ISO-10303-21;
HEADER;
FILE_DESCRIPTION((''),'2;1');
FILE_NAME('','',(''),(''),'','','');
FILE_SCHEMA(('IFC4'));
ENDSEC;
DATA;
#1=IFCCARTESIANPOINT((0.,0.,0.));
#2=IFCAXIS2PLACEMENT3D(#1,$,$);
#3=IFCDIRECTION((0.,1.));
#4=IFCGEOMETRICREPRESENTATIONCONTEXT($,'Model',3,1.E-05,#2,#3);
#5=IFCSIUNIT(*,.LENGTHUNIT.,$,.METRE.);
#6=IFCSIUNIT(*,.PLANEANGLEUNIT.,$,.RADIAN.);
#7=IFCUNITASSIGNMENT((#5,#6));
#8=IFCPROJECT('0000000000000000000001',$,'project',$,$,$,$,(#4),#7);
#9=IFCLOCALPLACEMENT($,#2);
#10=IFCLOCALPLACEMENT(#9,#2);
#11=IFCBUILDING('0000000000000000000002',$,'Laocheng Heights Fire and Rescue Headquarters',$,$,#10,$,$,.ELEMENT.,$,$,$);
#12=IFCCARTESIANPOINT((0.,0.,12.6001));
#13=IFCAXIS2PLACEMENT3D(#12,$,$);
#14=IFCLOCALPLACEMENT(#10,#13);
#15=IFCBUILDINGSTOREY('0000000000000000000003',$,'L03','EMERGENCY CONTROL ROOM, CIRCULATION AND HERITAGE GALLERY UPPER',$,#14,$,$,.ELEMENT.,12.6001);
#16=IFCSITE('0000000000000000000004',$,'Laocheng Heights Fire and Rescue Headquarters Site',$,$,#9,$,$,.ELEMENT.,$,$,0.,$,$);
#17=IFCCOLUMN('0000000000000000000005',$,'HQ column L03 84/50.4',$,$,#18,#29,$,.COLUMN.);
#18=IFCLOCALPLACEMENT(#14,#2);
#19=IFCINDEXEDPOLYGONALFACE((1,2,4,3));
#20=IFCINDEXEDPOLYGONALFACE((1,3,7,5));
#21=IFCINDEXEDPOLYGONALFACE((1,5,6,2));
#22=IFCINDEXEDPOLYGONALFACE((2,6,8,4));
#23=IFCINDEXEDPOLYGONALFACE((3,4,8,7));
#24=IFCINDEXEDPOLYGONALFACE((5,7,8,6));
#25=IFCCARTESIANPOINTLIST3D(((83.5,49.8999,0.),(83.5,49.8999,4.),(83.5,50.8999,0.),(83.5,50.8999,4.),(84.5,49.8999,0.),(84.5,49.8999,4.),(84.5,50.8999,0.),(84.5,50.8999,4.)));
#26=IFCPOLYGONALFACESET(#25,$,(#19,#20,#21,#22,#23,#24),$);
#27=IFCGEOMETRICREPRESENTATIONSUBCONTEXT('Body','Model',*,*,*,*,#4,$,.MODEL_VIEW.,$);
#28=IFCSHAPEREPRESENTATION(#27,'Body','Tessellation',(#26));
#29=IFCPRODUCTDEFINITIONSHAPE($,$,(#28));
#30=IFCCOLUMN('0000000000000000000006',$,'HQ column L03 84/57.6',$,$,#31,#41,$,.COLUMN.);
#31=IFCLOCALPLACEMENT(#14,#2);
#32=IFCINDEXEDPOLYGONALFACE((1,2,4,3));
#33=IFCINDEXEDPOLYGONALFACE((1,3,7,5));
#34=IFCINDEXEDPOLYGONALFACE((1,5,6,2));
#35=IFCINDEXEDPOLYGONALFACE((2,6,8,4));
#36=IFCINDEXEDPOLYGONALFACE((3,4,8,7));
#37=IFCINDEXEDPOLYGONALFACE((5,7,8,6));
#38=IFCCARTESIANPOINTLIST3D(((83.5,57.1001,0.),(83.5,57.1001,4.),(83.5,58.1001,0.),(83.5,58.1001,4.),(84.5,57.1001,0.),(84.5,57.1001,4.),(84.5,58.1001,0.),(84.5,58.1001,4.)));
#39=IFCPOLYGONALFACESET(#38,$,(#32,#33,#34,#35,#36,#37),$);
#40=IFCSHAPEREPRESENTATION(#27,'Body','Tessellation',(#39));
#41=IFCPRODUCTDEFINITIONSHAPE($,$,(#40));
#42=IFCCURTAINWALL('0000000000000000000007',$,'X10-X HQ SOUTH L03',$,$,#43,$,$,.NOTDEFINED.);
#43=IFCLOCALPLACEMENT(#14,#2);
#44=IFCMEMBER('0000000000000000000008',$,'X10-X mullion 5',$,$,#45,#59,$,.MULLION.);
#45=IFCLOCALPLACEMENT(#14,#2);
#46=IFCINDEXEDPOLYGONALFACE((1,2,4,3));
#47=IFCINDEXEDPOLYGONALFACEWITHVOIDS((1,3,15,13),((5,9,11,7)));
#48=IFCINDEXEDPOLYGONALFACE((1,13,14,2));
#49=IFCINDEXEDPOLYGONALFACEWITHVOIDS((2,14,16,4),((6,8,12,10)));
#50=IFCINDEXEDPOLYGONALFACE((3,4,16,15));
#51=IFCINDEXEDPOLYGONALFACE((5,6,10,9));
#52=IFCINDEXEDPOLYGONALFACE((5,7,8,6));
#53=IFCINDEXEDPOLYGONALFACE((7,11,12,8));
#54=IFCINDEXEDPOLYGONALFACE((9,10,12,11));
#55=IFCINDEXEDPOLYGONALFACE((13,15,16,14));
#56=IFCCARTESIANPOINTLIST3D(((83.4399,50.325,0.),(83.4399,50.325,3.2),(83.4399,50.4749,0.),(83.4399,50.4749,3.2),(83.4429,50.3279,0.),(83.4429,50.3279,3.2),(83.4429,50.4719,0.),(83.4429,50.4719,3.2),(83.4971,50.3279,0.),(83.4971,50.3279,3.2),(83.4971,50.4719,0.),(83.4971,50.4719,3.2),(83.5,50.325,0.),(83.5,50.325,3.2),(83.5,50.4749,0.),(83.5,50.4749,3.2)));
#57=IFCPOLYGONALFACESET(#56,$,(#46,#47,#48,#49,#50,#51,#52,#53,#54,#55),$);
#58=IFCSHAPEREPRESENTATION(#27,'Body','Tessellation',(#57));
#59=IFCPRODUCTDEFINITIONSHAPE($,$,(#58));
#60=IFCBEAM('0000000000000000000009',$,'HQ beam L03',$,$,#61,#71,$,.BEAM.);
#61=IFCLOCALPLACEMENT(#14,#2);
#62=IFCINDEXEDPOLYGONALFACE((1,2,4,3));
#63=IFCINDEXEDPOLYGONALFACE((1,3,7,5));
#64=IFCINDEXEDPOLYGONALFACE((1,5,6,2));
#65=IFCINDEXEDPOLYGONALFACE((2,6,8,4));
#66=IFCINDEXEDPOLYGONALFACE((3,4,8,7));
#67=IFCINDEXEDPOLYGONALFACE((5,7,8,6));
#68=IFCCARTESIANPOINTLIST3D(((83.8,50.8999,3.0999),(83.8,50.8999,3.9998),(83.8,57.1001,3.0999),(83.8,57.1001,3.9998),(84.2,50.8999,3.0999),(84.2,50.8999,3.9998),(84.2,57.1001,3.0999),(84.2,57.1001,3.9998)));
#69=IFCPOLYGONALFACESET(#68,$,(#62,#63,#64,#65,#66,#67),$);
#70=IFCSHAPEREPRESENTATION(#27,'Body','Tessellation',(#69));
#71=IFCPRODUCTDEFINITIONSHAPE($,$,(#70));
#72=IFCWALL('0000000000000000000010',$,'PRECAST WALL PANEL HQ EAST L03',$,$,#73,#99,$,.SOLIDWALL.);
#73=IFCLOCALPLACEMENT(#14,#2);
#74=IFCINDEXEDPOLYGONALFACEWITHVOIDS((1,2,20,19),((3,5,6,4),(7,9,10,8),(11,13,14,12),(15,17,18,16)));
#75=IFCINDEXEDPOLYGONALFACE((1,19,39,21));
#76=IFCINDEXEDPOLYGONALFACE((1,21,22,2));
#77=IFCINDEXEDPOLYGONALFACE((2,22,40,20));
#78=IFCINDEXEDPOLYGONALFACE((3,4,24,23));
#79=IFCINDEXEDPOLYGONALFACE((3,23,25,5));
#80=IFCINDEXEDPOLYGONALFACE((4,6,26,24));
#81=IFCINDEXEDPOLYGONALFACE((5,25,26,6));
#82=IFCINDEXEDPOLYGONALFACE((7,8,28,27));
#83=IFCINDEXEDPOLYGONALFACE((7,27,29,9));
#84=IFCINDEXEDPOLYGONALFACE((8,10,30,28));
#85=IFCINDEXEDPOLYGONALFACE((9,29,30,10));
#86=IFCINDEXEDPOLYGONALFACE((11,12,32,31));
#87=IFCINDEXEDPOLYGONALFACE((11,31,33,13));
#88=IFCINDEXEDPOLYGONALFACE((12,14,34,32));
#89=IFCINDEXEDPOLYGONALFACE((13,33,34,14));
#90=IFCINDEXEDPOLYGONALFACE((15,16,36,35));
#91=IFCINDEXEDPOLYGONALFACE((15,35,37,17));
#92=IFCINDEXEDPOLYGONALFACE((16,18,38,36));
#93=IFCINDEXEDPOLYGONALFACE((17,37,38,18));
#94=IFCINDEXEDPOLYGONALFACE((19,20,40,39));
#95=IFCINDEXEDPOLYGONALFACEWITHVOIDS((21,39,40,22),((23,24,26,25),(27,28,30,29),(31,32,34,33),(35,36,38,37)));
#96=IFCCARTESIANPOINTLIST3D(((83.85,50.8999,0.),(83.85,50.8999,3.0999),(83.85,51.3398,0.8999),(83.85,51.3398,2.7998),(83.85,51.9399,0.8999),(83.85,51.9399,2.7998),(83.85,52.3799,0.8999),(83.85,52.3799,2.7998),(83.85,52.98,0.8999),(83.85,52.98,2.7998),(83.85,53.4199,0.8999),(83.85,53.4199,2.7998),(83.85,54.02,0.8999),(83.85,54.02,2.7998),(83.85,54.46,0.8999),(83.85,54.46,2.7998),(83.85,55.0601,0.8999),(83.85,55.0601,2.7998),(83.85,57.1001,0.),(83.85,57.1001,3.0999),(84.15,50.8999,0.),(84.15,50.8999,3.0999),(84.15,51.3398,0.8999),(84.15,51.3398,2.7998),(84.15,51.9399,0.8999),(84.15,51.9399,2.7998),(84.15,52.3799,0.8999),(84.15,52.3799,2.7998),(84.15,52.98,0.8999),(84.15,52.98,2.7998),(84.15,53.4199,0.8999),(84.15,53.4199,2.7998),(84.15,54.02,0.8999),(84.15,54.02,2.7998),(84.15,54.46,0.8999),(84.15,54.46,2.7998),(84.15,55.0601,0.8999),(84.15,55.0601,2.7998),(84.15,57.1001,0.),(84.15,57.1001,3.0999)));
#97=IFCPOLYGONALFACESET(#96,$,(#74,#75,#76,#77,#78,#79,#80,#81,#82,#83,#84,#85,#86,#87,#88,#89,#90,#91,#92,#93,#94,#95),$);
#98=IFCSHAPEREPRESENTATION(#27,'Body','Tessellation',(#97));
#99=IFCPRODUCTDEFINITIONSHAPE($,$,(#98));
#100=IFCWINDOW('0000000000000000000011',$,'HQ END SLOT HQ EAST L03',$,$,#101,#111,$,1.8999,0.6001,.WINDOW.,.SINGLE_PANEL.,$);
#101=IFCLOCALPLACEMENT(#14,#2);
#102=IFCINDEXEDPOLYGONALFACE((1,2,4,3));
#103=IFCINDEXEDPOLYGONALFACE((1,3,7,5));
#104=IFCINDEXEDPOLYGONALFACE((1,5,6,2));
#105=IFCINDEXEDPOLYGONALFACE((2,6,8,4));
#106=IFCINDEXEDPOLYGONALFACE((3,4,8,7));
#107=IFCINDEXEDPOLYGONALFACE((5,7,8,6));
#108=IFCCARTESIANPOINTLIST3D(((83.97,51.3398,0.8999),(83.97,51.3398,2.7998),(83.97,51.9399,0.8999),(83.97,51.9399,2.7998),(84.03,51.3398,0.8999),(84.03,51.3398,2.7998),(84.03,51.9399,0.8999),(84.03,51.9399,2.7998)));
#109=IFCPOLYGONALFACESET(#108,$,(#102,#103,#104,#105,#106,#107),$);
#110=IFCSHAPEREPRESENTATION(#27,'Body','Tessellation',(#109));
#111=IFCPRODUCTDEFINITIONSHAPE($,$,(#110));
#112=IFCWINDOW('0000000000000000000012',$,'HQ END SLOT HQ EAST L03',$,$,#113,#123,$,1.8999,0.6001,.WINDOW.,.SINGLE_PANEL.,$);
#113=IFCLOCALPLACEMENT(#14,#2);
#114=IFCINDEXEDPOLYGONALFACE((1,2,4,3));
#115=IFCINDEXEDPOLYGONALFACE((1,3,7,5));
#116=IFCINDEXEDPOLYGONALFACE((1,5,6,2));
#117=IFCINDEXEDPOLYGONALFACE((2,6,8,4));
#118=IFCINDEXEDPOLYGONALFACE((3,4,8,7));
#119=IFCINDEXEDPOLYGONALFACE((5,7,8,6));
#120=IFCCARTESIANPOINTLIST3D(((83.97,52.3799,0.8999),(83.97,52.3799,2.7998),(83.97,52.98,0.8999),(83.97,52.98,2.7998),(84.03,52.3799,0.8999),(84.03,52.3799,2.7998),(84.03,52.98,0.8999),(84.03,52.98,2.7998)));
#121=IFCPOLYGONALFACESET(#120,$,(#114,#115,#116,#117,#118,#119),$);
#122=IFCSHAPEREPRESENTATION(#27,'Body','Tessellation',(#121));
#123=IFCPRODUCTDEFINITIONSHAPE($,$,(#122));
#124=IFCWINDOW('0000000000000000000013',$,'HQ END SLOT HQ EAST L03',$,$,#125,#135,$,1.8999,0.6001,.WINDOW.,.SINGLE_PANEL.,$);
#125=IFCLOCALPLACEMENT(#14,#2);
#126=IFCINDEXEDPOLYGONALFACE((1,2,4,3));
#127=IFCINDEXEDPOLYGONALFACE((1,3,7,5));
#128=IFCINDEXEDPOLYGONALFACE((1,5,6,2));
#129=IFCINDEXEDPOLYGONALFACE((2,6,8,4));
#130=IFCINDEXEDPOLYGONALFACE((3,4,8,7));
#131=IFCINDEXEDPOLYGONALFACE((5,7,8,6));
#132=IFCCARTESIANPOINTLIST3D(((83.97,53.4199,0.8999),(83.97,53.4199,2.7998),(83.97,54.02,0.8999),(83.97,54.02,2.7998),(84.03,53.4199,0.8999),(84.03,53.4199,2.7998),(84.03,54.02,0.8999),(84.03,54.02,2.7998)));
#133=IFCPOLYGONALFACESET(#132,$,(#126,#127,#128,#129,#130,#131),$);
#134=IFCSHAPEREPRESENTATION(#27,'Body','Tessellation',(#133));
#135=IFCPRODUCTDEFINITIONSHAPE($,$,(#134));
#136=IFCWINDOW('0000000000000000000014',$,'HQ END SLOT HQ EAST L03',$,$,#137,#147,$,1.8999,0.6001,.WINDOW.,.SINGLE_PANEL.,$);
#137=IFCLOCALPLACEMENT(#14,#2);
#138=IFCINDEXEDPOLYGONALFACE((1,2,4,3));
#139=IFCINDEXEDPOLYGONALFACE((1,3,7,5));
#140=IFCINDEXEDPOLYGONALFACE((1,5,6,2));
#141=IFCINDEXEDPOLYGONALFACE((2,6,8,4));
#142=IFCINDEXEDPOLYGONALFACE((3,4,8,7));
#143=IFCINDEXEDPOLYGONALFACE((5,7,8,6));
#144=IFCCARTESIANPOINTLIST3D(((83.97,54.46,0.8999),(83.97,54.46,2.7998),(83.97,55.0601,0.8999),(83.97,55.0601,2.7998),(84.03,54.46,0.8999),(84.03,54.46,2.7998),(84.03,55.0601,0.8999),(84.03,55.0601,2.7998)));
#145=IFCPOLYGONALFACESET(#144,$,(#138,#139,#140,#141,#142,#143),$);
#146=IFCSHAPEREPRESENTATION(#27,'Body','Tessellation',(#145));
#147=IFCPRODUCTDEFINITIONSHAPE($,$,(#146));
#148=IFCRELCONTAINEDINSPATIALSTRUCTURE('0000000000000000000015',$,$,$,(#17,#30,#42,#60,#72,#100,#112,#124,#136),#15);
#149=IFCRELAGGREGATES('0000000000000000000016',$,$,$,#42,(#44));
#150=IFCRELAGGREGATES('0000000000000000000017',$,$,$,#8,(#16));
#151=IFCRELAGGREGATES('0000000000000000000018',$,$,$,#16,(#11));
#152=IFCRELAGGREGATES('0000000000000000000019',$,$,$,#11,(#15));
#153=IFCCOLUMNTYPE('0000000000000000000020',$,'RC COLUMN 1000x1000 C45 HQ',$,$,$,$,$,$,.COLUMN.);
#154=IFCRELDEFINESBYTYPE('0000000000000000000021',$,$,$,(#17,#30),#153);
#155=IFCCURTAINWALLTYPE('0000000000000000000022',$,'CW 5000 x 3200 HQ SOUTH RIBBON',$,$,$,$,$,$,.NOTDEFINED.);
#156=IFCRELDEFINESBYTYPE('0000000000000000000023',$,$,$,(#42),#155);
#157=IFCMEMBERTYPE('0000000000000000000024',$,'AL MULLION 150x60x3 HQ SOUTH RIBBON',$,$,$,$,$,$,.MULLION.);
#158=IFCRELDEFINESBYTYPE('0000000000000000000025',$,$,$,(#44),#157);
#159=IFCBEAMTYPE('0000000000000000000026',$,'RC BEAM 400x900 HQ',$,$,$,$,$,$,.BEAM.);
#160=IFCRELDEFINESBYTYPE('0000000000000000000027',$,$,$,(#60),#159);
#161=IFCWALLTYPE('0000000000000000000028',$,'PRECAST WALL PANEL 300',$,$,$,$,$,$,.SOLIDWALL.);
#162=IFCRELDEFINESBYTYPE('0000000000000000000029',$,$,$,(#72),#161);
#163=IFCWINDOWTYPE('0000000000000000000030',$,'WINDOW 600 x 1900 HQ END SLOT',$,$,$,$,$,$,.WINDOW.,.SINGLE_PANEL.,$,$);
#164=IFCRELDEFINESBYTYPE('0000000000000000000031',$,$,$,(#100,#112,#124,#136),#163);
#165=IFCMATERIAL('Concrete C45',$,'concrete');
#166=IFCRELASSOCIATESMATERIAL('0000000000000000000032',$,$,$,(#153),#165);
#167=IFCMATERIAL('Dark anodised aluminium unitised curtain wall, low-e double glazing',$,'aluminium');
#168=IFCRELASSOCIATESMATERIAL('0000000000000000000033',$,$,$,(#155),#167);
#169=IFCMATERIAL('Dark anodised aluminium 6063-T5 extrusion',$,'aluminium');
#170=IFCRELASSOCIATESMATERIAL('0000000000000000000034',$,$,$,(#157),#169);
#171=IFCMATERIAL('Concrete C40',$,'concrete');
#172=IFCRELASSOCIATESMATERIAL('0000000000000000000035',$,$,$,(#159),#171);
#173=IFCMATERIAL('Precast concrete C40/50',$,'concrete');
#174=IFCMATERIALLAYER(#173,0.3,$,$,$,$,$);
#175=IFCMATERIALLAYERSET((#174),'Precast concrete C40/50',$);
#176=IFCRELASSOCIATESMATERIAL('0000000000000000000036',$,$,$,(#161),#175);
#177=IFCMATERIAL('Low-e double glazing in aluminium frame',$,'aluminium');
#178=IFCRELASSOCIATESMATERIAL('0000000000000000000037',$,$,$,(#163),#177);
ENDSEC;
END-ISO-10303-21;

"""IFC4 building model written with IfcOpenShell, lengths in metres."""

from ifc_helpers import new_model, si_unit, direction, frame, frame_2d, origin, origin_2d, place, context, subcontext, project, spatial, rectangle, hollow_rectangle, extrude, material, layer, layer_set, material_profile, profile_set, type_object, element, fill, aggregate, save


model = new_model("IFC4")

# Units and contexts
model_context = context("Model", 3, precision=1e-05, world=origin(), true_north=direction((0.0, 1.0)))
body_context = subcontext(model_context, "Body", "Model", "MODEL_VIEW")
ifc_project = project(units=[si_unit("LENGTHUNIT", "METRE"), si_unit("PLANEANGLEUNIT", "RADIAN")], contexts=[model_context])

# Site, building, storey
site_placement = place(None, origin())
site = spatial("IfcSite", under=ifc_project, at=site_placement, Name="Laocheng Heights Fire and Rescue Headquarters Site", CompositionType="ELEMENT", RefElevation=0.0)
building_placement = place(site_placement, origin())
building = spatial("IfcBuilding", under=site, at=building_placement, Name="Laocheng Heights Fire and Rescue Headquarters", CompositionType="ELEMENT")
storey_placement = place(building_placement, frame((0.0, 0.0, 12.6001)))
storey = spatial("IfcBuildingStorey", under=building, at=storey_placement, Name="L03", Description="EMERGENCY CONTROL ROOM, CIRCULATION AND HERITAGE GALLERY UPPER", CompositionType="ELEMENT", Elevation=12.6001)

# Columns
ifc_material_1 = material(Name="Concrete C45", Category="concrete")
ifc_material_profile_1 = material_profile(ifc_material_1, rectangle(XDim=1.0, YDim=1.0, at=origin_2d()), Name="RC COLUMN 1000x1000 C45 HQ")
ifc_profile_set_1 = profile_set([ifc_material_profile_1], Name="Concrete C45")
column_type = type_object("IfcColumnType", Name="RC COLUMN 1000x1000 C45 HQ", PredefinedType="COLUMN", material=ifc_profile_set_1)
for number, where, z_axis, x_axis, name in (
    (1, (84.0, 50.3999, 0.0), (0.0, 0.0, 1.0), (1.0, 0.0, 0.0), "HQ column L03 84/50.4"),
    (2, (84.0, 57.6001, 0.0), (0.0, 0.0, 1.0), (1.0, 0.0, 0.0), "HQ column L03 84/57.6"),
):
    element("IfcColumn", number, at=place(storey_placement, frame(where, z_axis=z_axis, x_axis=x_axis)), inside=storey, type_object=column_type, Name=name, PredefinedType="COLUMN", context=body_context, shape_type="SweptSolid", body=[
        extrude(rectangle(XDim=1.0, YDim=1.0, at=origin_2d()), origin(), (0.0, 0.0, 1.0), 4.0),
    ])

# Curtain wall, member
ifc_material_2 = material(Name="Dark anodised aluminium unitised curtain wall, low-e double glazing", Category="aluminium")
curtain_wall_type = type_object("IfcCurtainWallType", Name="CW 5000 x 3200 HQ SOUTH RIBBON", PredefinedType="NOTDEFINED", material=ifc_material_2)
curtain_wall_placement = place(storey_placement, origin())
curtain_wall = element("IfcCurtainWall", 3, at=curtain_wall_placement, inside=storey, type_object=curtain_wall_type, Name="X10-X HQ SOUTH L03", PredefinedType="NOTDEFINED")
ifc_material_3 = material(Name="Dark anodised aluminium 6063-T5 extrusion", Category="aluminium")
ifc_material_profile_2 = material_profile(ifc_material_3, hollow_rectangle(XDim=0.1499, YDim=0.0601, WallThickness=0.0029, at=origin_2d()), Name="AL MULLION 150x60x3 HQ SOUTH RIBBON")
ifc_profile_set_2 = profile_set([ifc_material_profile_2], Name="Dark anodised aluminium 6063-T5 extrusion")
member_type = type_object("IfcMemberType", Name="AL MULLION 150x60x3 HQ SOUTH RIBBON", PredefinedType="MULLION", material=ifc_profile_set_2)
member_placement = place(storey_placement, frame((83.47, 50.3999, 0.0), z_axis=(0.0, 0.0, 1.0), x_axis=(0.0, 1.0, 0.0)))
member = element("IfcMember", 4, at=member_placement, type_object=member_type, Name="X10-X mullion 5", PredefinedType="MULLION", context=body_context, shape_type="SweptSolid", body=[
    extrude(hollow_rectangle(XDim=0.1499, YDim=0.0601, WallThickness=0.0029, at=origin_2d()), origin(), (0.0, 0.0, 1.0), 3.2),
])
aggregate(curtain_wall, [member])

# Beam
ifc_material_4 = material(Name="Concrete C40", Category="concrete")
ifc_material_profile_3 = material_profile(ifc_material_4, rectangle(XDim=0.3999, YDim=0.8999, at=origin_2d()), Name="RC BEAM 400x900 HQ")
ifc_profile_set_3 = profile_set([ifc_material_profile_3], Name="Concrete C40")
beam_type = type_object("IfcBeamType", Name="RC BEAM 400x900 HQ", PredefinedType="BEAM", material=ifc_profile_set_3)
beam_placement = place(storey_placement, frame((84.0, 50.8999, 3.5498), z_axis=(0.0, 1.0, 0.0), x_axis=(-1.0, 0.0, 0.0)))
element("IfcBeam", 5, at=beam_placement, inside=storey, type_object=beam_type, Name="HQ beam L03", PredefinedType="BEAM", context=body_context, shape_type="SweptSolid", body=[
    extrude(rectangle(XDim=0.3999, YDim=0.8999, at=origin_2d()), origin(), (0.0, 0.0, 1.0), 6.2002),
])

# Wall, openings, windows
ifc_material_5 = material(Name="Precast concrete C40/50", Category="concrete")
ifc_layer_1 = layer(ifc_material_5, 0.3)
ifc_layer_set_1 = layer_set([ifc_layer_1], Name="Precast concrete C40/50")
wall_type_1 = type_object("IfcWallType", Name="PRECAST WALL PANEL 300", PredefinedType="SOLIDWALL", material=ifc_layer_set_1)
wall_1_placement = place(storey_placement, frame((84.0, 50.8999, 0.0), z_axis=(0.0, 0.0, 1.0), x_axis=(0.0, 1.0, 0.0)))
wall_1 = element("IfcWall", 6, at=wall_1_placement, inside=storey, type_object=wall_type_1, Name="PRECAST WALL PANEL HQ EAST L03", PredefinedType="SOLIDWALL", context=body_context, shape_type="SweptSolid", body=[
    extrude(rectangle(XDim=6.2002, YDim=0.3, at=frame_2d((3.1001, 0.0))), origin(), (0.0, 0.0, 1.0), 3.0999),
])
opening_1_placement = place(wall_1_placement, frame((0.4399, 0.0, 0.8999)))
opening_1 = element("IfcOpeningElement", 7, at=opening_1_placement, cuts=wall_1, PredefinedType="OPENING", context=body_context, shape_type="SweptSolid", body=[
    extrude(rectangle(XDim=0.6001, YDim=1.8999, at=frame_2d((0.3, 0.95))), frame((0.0, 0.1599, 0.0), z_axis=(0.0, -1.0, 0.0), x_axis=(1.0, 0.0, 0.0)), (0.0, 0.0, 1.0), 0.3201),
])
opening_2_placement = place(wall_1_placement, frame((1.48, 0.0, 0.8999)))
opening_2 = element("IfcOpeningElement", 8, at=opening_2_placement, cuts=wall_1, PredefinedType="OPENING", context=body_context, shape_type="SweptSolid", body=[
    extrude(rectangle(XDim=0.6001, YDim=1.8999, at=frame_2d((0.3, 0.95))), frame((0.0, 0.1599, 0.0), z_axis=(0.0, -1.0, 0.0), x_axis=(1.0, 0.0, 0.0)), (0.0, 0.0, 1.0), 0.3201),
])
opening_3_placement = place(wall_1_placement, frame((2.52, 0.0, 0.8999)))
opening_3 = element("IfcOpeningElement", 9, at=opening_3_placement, cuts=wall_1, PredefinedType="OPENING", context=body_context, shape_type="SweptSolid", body=[
    extrude(rectangle(XDim=0.6001, YDim=1.8999, at=frame_2d((0.3, 0.95))), frame((0.0, 0.1599, 0.0), z_axis=(0.0, -1.0, 0.0), x_axis=(1.0, 0.0, 0.0)), (0.0, 0.0, 1.0), 0.3201),
])
opening_4_placement = place(wall_1_placement, frame((3.5601, 0.0, 0.8999)))
opening_4 = element("IfcOpeningElement", 10, at=opening_4_placement, cuts=wall_1, PredefinedType="OPENING", context=body_context, shape_type="SweptSolid", body=[
    extrude(rectangle(XDim=0.6001, YDim=1.8999, at=frame_2d((0.3, 0.95))), frame((0.0, 0.1599, 0.0), z_axis=(0.0, -1.0, 0.0), x_axis=(1.0, 0.0, 0.0)), (0.0, 0.0, 1.0), 0.3201),
])
ifc_material_6 = material(Name="Low-e double glazing in aluminium frame", Category="aluminium")
window_type = type_object("IfcWindowType", Name="WINDOW 600 x 1900 HQ END SLOT", PartitioningType="SINGLE_PANEL", PredefinedType="WINDOW", material=ifc_material_6)
window_1_placement = place(opening_1_placement, origin())
window_1 = element("IfcWindow", 11, at=window_1_placement, inside=storey, type_object=window_type, Name="HQ END SLOT HQ EAST L03", OverallHeight=1.8999, OverallWidth=0.6001, PartitioningType="SINGLE_PANEL", PredefinedType="WINDOW", context=body_context, shape_type="SweptSolid", body=[
    extrude(rectangle(XDim=0.6001, YDim=1.8999, at=frame_2d((0.3, 0.95))), frame((0.0, 0.03, 0.0), z_axis=(0.0, -1.0, 0.0), x_axis=(1.0, 0.0, 0.0)), (0.0, 0.0, 1.0), 0.0601),
])
fill(opening_1, window_1)
window_2_placement = place(opening_2_placement, origin())
window_2 = element("IfcWindow", 12, at=window_2_placement, inside=storey, type_object=window_type, Name="HQ END SLOT HQ EAST L03", OverallHeight=1.8999, OverallWidth=0.6001, PartitioningType="SINGLE_PANEL", PredefinedType="WINDOW", context=body_context, shape_type="SweptSolid", body=[
    extrude(rectangle(XDim=0.6001, YDim=1.8999, at=frame_2d((0.3, 0.95))), frame((0.0, 0.03, 0.0), z_axis=(0.0, -1.0, 0.0), x_axis=(1.0, 0.0, 0.0)), (0.0, 0.0, 1.0), 0.0601),
])
fill(opening_2, window_2)
window_3_placement = place(opening_3_placement, origin())
window_3 = element("IfcWindow", 13, at=window_3_placement, inside=storey, type_object=window_type, Name="HQ END SLOT HQ EAST L03", OverallHeight=1.8999, OverallWidth=0.6001, PartitioningType="SINGLE_PANEL", PredefinedType="WINDOW", context=body_context, shape_type="SweptSolid", body=[
    extrude(rectangle(XDim=0.6001, YDim=1.8999, at=frame_2d((0.3, 0.95))), frame((0.0, 0.03, 0.0), z_axis=(0.0, -1.0, 0.0), x_axis=(1.0, 0.0, 0.0)), (0.0, 0.0, 1.0), 0.0601),
])
fill(opening_3, window_3)
window_4_placement = place(opening_4_placement, origin())
window_4 = element("IfcWindow", 14, at=window_4_placement, inside=storey, type_object=window_type, Name="HQ END SLOT HQ EAST L03", OverallHeight=1.8999, OverallWidth=0.6001, PartitioningType="SINGLE_PANEL", PredefinedType="WINDOW", context=body_context, shape_type="SweptSolid", body=[
    extrude(rectangle(XDim=0.6001, YDim=1.8999, at=frame_2d((0.3, 0.95))), frame((0.0, 0.03, 0.0), z_axis=(0.0, -1.0, 0.0), x_axis=(1.0, 0.0, 0.0)), (0.0, 0.0, 1.0), 0.0601),
])
fill(opening_4, window_4)

save(model, "model.ifc")
